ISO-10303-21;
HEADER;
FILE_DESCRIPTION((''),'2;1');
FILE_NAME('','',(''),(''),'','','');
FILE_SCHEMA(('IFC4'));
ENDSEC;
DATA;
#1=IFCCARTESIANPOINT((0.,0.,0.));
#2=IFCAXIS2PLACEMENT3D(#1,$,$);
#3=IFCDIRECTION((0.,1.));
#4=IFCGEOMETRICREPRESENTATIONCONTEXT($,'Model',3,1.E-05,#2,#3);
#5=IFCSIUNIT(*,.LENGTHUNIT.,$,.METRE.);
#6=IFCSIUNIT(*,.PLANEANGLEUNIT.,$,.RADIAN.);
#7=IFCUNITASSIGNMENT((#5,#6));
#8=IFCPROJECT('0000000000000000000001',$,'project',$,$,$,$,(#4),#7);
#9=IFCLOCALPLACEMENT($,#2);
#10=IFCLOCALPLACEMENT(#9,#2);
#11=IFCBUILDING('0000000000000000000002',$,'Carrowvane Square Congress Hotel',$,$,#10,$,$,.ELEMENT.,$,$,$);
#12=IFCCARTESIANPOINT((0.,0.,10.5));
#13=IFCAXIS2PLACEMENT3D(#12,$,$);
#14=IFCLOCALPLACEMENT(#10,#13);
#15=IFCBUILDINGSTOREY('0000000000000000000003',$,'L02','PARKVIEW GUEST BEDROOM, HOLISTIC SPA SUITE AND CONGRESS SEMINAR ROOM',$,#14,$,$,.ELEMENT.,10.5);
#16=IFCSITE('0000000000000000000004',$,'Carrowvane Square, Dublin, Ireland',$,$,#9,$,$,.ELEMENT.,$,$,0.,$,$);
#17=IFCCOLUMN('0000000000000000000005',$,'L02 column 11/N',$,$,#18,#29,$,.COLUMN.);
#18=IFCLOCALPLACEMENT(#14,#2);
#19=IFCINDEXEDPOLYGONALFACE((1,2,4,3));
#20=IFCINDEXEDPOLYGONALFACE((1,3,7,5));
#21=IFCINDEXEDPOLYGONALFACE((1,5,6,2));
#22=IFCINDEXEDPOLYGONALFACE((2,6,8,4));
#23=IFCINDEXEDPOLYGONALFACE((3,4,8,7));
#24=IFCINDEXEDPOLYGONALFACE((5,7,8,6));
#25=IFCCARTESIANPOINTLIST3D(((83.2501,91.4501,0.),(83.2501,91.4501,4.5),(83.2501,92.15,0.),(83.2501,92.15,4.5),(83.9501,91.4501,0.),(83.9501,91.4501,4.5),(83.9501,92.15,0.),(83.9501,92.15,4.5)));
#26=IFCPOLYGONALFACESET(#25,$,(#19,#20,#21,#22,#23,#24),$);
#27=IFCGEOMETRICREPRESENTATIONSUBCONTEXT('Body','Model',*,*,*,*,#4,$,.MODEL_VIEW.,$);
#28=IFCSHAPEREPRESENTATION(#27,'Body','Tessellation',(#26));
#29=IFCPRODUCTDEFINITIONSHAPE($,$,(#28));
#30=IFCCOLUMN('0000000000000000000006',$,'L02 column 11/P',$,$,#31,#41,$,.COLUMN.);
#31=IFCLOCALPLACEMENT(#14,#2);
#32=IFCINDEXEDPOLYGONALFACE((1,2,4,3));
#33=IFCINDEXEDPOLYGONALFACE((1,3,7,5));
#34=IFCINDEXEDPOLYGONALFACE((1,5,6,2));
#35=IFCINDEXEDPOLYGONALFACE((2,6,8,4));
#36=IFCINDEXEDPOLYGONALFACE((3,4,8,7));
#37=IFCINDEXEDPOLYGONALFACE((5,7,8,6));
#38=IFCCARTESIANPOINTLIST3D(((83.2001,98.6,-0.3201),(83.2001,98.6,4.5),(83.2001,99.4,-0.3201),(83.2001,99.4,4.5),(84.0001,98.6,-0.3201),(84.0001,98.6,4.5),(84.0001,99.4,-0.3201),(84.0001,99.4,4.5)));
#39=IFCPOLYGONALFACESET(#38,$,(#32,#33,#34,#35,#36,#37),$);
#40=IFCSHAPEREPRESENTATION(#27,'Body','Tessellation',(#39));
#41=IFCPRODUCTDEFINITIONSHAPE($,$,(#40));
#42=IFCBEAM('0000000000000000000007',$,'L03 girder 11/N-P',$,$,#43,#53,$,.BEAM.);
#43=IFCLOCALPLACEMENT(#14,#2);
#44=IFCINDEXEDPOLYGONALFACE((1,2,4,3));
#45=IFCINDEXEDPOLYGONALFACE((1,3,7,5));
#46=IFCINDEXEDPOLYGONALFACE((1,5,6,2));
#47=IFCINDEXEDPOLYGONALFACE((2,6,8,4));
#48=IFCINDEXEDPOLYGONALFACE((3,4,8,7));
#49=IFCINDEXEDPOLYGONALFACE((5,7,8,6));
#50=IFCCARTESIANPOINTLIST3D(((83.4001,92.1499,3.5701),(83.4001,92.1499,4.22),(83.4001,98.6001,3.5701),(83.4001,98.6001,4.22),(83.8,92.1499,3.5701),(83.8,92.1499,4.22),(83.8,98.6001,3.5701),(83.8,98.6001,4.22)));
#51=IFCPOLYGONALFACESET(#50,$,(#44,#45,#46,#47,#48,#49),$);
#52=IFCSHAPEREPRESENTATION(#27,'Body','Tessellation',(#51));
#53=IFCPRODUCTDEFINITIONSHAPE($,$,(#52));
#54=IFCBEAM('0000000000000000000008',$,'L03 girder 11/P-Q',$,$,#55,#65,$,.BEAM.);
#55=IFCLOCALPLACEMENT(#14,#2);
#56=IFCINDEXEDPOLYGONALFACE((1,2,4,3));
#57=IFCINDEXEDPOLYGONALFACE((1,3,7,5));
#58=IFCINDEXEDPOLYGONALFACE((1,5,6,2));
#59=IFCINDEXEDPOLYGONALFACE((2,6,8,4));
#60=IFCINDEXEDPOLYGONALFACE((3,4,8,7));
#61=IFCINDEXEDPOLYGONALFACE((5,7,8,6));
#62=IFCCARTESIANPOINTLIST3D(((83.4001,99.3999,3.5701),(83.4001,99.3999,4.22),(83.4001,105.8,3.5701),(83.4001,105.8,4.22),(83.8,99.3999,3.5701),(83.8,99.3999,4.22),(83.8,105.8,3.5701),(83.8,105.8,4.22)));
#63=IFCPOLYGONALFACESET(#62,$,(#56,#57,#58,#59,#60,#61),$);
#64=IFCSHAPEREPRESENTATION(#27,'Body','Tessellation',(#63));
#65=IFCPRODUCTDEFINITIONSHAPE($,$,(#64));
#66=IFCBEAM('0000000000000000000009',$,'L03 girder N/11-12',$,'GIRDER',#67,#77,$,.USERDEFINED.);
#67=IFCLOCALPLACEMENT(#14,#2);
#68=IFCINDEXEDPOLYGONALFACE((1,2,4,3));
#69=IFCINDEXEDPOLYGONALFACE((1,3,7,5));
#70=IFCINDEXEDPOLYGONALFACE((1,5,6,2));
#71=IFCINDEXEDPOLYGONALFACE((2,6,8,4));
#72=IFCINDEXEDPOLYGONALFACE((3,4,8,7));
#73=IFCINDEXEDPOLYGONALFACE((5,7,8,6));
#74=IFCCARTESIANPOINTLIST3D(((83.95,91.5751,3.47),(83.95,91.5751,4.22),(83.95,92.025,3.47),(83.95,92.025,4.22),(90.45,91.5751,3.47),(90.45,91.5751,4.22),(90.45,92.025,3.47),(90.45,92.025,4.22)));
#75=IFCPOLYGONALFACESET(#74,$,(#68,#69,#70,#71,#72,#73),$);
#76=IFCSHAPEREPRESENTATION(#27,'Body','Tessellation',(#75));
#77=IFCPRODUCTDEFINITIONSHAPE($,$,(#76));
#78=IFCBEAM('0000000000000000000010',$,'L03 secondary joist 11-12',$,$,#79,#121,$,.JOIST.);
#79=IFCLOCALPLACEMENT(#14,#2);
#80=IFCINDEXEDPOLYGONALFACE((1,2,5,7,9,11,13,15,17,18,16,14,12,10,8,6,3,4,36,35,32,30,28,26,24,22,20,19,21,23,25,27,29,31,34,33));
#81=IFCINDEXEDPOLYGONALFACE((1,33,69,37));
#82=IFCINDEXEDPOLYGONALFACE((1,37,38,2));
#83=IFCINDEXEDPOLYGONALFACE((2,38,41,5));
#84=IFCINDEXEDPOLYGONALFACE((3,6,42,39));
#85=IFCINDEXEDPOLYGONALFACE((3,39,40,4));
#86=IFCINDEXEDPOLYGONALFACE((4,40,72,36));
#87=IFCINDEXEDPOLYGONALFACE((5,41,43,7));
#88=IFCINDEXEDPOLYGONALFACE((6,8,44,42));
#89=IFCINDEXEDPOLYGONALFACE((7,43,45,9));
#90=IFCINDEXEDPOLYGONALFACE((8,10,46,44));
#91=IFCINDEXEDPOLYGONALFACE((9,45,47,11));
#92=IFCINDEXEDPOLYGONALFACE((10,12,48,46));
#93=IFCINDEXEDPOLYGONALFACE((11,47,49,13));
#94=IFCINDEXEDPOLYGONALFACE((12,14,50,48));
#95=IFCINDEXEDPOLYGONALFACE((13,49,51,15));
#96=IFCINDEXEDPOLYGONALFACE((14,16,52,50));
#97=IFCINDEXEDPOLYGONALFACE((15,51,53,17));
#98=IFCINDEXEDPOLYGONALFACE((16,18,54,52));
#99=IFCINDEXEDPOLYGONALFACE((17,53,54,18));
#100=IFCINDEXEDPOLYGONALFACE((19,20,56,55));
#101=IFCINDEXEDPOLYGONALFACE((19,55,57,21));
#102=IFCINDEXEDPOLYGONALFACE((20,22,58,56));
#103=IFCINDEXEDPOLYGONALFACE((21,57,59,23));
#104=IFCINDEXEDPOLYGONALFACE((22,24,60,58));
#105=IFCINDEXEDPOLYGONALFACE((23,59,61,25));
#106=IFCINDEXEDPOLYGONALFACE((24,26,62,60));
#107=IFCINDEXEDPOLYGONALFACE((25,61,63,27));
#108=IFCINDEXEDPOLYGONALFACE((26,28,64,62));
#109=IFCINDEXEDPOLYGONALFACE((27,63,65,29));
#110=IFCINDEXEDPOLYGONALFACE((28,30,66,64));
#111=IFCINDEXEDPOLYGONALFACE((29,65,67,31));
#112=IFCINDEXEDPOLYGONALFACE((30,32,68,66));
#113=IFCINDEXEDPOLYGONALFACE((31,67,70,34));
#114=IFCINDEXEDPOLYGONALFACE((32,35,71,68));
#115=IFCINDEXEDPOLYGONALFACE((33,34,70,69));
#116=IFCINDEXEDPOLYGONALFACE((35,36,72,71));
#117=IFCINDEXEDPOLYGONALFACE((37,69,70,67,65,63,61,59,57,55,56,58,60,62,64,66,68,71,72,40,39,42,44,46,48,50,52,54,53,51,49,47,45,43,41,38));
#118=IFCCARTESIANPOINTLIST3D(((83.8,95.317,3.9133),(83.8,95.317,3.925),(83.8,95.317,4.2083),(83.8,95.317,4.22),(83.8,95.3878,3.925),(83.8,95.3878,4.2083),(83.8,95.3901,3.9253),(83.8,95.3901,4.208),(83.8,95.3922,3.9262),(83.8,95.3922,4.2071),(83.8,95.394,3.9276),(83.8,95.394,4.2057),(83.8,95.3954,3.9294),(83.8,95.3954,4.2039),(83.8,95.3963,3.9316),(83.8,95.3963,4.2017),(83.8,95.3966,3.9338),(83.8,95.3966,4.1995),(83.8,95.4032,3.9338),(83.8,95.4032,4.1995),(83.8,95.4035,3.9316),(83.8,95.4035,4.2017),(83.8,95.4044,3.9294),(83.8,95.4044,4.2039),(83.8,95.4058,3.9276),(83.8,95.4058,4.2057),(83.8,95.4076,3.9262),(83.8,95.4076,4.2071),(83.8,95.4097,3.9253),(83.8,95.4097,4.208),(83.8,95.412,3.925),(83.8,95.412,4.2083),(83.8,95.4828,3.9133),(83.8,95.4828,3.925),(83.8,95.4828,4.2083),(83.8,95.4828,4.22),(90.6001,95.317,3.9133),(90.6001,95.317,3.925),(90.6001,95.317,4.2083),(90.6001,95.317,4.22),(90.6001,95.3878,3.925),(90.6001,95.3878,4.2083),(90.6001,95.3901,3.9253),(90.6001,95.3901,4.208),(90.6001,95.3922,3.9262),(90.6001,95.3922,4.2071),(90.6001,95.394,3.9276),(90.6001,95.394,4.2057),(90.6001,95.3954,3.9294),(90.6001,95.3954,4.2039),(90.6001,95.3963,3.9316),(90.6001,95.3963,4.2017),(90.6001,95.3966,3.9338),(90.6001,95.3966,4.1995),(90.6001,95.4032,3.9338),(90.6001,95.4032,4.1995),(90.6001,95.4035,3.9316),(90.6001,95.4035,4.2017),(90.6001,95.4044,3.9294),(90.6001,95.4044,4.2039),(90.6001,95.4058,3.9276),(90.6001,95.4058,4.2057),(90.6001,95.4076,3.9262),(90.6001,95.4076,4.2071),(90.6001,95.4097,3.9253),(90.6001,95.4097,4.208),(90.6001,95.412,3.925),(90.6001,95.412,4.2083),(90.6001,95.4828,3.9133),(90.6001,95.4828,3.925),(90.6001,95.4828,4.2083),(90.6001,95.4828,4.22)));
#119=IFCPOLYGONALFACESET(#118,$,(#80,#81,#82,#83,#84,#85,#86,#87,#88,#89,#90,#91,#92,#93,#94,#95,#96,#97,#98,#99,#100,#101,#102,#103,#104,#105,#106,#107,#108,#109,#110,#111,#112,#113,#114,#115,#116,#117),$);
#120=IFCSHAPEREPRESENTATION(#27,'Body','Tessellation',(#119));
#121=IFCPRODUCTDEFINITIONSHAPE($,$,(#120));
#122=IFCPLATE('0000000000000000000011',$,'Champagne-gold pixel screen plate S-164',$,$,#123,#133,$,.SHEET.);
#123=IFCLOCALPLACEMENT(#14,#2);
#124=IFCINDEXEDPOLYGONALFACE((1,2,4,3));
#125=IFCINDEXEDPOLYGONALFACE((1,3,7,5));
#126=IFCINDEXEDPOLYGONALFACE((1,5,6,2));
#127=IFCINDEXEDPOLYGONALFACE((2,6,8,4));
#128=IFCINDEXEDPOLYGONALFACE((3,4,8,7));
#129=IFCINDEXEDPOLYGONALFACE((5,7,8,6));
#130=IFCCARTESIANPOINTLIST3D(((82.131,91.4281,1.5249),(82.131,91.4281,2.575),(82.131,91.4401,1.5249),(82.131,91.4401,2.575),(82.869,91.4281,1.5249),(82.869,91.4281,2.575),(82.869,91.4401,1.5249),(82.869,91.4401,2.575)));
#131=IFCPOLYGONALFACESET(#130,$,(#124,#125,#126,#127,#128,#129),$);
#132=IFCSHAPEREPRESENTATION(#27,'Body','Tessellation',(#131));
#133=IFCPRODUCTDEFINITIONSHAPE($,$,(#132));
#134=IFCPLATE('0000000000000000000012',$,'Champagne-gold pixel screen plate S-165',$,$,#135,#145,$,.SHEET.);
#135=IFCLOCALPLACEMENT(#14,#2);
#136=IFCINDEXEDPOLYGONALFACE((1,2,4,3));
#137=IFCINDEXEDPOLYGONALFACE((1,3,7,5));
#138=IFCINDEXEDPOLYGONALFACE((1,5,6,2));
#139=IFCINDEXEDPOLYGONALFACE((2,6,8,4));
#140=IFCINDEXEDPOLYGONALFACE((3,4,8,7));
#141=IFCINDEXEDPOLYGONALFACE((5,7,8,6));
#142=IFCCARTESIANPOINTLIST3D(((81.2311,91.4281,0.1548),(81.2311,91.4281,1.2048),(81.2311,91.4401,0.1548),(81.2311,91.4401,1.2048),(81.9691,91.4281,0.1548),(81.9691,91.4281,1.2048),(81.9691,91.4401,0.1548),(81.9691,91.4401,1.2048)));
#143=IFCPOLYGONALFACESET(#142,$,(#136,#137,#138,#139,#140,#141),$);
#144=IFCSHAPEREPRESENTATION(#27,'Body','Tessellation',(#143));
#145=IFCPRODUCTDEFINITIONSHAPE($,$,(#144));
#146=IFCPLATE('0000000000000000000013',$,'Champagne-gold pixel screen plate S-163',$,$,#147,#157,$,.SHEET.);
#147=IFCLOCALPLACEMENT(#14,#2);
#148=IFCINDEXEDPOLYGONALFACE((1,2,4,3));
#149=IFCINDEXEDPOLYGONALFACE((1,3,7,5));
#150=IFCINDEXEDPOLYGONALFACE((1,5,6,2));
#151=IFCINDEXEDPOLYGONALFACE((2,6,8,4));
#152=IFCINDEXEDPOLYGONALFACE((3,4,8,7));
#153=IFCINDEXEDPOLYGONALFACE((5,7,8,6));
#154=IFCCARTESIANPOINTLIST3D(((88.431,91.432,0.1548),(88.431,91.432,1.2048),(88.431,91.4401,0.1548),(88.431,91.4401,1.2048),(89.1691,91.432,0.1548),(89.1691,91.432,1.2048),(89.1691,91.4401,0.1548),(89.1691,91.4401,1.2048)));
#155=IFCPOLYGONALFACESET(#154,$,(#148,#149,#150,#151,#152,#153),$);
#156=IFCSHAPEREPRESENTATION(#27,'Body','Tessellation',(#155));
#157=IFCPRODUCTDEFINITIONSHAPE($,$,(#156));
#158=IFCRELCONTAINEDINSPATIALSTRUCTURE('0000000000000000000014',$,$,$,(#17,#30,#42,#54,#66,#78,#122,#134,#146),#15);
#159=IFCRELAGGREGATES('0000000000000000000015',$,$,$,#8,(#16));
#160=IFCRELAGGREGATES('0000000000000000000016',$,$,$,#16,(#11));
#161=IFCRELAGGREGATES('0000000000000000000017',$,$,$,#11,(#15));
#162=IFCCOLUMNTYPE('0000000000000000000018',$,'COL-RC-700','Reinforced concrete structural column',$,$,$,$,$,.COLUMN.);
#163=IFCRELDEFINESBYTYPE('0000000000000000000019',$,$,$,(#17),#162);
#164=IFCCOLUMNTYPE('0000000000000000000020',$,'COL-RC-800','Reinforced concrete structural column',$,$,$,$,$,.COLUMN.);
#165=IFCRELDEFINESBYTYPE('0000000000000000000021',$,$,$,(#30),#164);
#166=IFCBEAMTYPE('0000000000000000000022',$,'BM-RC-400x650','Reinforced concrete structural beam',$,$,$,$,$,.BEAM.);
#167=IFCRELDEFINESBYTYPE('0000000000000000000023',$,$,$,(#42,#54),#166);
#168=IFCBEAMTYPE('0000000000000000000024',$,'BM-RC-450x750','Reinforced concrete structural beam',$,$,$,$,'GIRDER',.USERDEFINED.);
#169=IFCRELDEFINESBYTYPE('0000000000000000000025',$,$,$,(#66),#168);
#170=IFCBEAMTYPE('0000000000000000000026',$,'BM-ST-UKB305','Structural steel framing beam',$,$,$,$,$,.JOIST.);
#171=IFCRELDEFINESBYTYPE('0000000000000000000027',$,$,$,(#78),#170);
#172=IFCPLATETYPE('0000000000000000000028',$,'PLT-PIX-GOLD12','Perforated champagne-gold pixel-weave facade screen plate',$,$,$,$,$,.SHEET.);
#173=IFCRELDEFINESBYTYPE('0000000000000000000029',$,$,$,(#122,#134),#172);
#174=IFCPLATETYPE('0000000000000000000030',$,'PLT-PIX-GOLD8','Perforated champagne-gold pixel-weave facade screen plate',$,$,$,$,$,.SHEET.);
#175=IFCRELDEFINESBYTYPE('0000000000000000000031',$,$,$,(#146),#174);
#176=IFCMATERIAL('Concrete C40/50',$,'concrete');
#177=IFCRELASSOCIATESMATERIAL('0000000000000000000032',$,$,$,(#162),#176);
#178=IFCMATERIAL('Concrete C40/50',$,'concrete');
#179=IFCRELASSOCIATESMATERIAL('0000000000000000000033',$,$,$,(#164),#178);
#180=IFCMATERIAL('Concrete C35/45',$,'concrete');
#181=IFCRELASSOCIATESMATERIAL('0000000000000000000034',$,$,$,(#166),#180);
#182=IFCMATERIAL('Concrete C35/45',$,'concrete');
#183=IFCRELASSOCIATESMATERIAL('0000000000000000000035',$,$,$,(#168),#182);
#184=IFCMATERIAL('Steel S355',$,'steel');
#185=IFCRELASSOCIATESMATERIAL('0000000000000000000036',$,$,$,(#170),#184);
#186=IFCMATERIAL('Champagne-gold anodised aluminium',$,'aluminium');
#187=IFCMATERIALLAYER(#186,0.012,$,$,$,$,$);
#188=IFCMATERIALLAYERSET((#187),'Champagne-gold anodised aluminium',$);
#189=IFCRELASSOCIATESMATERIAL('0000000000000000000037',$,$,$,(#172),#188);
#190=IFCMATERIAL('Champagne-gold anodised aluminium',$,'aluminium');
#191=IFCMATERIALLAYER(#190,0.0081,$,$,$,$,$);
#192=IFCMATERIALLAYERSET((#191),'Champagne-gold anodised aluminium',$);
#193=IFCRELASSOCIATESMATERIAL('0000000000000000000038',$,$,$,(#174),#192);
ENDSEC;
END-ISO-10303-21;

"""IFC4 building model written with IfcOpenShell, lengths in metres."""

from ifc_helpers import new_model, si_unit, direction, frame, origin, origin_2d, place, context, subcontext, project, spatial, rectangle, i_section, extrude, material, layer, layer_set, material_profile, profile_set, type_object, element, save


model = new_model("IFC4")

# Units and contexts
model_context = context("Model", 3, precision=1e-05, world=origin(), true_north=direction((0.0, 1.0)))
body_context = subcontext(model_context, "Body", "Model", "MODEL_VIEW")
ifc_project = project(units=[si_unit("LENGTHUNIT", "METRE"), si_unit("PLANEANGLEUNIT", "RADIAN")], contexts=[model_context])

# Site, building, storey
site_placement = place(None, origin())
site = spatial("IfcSite", under=ifc_project, at=site_placement, Name="Carrowvane Square, Dublin, Ireland", CompositionType="ELEMENT", RefElevation=0.0)
building_placement = place(site_placement, origin())
building = spatial("IfcBuilding", under=site, at=building_placement, Name="Carrowvane Square Congress Hotel", CompositionType="ELEMENT")
storey_placement = place(building_placement, frame((0.0, 0.0, 10.5)))
storey = spatial("IfcBuildingStorey", under=building, at=storey_placement, Name="L02", Description="PARKVIEW GUEST BEDROOM, HOLISTIC SPA SUITE AND CONGRESS SEMINAR ROOM", CompositionType="ELEMENT", Elevation=10.5)

# Columns
ifc_material_1 = material(Name="Concrete C40/50", Category="concrete")
ifc_material_profile_1 = material_profile(ifc_material_1, rectangle(XDim=0.7, YDim=0.7, at=origin_2d()), Name="RC 700x700")
ifc_profile_set_1 = profile_set([ifc_material_profile_1], Name="Concrete C40/50")
column_type_1 = type_object("IfcColumnType", Name="COL-RC-700", Description="Reinforced concrete structural column", PredefinedType="COLUMN", material=ifc_profile_set_1)
column_1_placement = place(storey_placement, frame((83.6001, 91.8, 0.0), z_axis=(0.0, 0.0, 1.0), x_axis=(1.0, 0.0, 0.0)))
element("IfcColumn", 1, at=column_1_placement, inside=storey, type_object=column_type_1, Name="L02 column 11/N", PredefinedType="COLUMN", context=body_context, shape_type="SweptSolid", body=[
    extrude(rectangle(XDim=0.7, YDim=0.7, at=origin_2d()), origin(), (0.0, 0.0, 1.0), 4.5),
])
ifc_material_2 = material(Name="Concrete C40/50", Category="concrete")
ifc_material_profile_2 = material_profile(ifc_material_2, rectangle(XDim=0.8, YDim=0.8, at=origin_2d()), Name="RC 800x800")
ifc_profile_set_2 = profile_set([ifc_material_profile_2], Name="Concrete C40/50")
column_type_2 = type_object("IfcColumnType", Name="COL-RC-800", Description="Reinforced concrete structural column", PredefinedType="COLUMN", material=ifc_profile_set_2)
column_2_placement = place(storey_placement, frame((83.6001, 99.0, -0.3201), z_axis=(0.0, 0.0, 1.0), x_axis=(1.0, 0.0, 0.0)))
element("IfcColumn", 2, at=column_2_placement, inside=storey, type_object=column_type_2, Name="L02 column 11/P", PredefinedType="COLUMN", context=body_context, shape_type="SweptSolid", body=[
    extrude(rectangle(XDim=0.8, YDim=0.8, at=origin_2d()), origin(), (0.0, 0.0, 1.0), 4.8201),
])

# Beams
ifc_material_3 = material(Name="Concrete C35/45", Category="concrete")
ifc_material_profile_3 = material_profile(ifc_material_3, rectangle(XDim=0.3999, YDim=0.6499, at=origin_2d()), Name="RC 400x650")
ifc_profile_set_3 = profile_set([ifc_material_profile_3], Name="Concrete C35/45")
beam_type_1 = type_object("IfcBeamType", Name="BM-RC-400x650", Description="Reinforced concrete structural beam", PredefinedType="BEAM", material=ifc_profile_set_3)
beam_1_placement = place(storey_placement, frame((83.6001, 92.1499, 3.895), z_axis=(0.0, 1.0, 0.0), x_axis=(-1.0, 0.0, 0.0)))
element("IfcBeam", 3, at=beam_1_placement, inside=storey, type_object=beam_type_1, Name="L03 girder 11/N-P", PredefinedType="BEAM", context=body_context, shape_type="SweptSolid", body=[
    extrude(rectangle(XDim=0.3999, YDim=0.6499, at=origin_2d()), origin(), (0.0, 0.0, 1.0), 6.4502),
])
beam_2_placement = place(storey_placement, frame((83.6001, 99.3999, 3.895), z_axis=(0.0, 1.0, 0.0), x_axis=(-1.0, 0.0, 0.0)))
element("IfcBeam", 4, at=beam_2_placement, inside=storey, type_object=beam_type_1, Name="L03 girder 11/P-Q", PredefinedType="BEAM", context=body_context, shape_type="SweptSolid", body=[
    extrude(rectangle(XDim=0.3999, YDim=0.6499, at=origin_2d()), origin(), (0.0, 0.0, 1.0), 6.4001),
])
ifc_material_4 = material(Name="Concrete C35/45", Category="concrete")
ifc_material_profile_4 = material_profile(ifc_material_4, rectangle(XDim=0.45, YDim=0.75, at=origin_2d()), Name="RC 450x750")
ifc_profile_set_4 = profile_set([ifc_material_profile_4], Name="Concrete C35/45")
beam_type_2 = type_object("IfcBeamType", Name="BM-RC-450x750", Description="Reinforced concrete structural beam", ElementType="GIRDER", PredefinedType="USERDEFINED", material=ifc_profile_set_4)
beam_3_placement = place(storey_placement, frame((83.95, 91.8, 3.845), z_axis=(1.0, 0.0, 0.0), x_axis=(0.0, 1.0, 0.0)))
element("IfcBeam", 5, at=beam_3_placement, inside=storey, type_object=beam_type_2, Name="L03 girder N/11-12", ObjectType="GIRDER", PredefinedType="USERDEFINED", context=body_context, shape_type="SweptSolid", body=[
    extrude(rectangle(XDim=0.45, YDim=0.75, at=origin_2d()), origin(), (0.0, 0.0, 1.0), 6.5),
])
ifc_material_5 = material(Name="Steel S355", Category="steel")
ifc_material_profile_5 = material_profile(ifc_material_5, i_section(OverallWidth=0.1658, OverallDepth=0.3066, WebThickness=0.0066, FlangeThickness=0.0117, FilletRadius=0.0088, at=origin_2d()), Name="UKB 305x165x46")
ifc_profile_set_5 = profile_set([ifc_material_profile_5], Name="Steel S355")
beam_type_3 = type_object("IfcBeamType", Name="BM-ST-UKB305", Description="Structural steel framing beam", PredefinedType="JOIST", material=ifc_profile_set_5)
beam_4_placement = place(storey_placement, frame((83.8, 95.3999, 4.0667), z_axis=(1.0, 0.0, 0.0), x_axis=(0.0, 1.0, 0.0)))
element("IfcBeam", 6, at=beam_4_placement, inside=storey, type_object=beam_type_3, Name="L03 secondary joist 11-12", PredefinedType="JOIST", context=body_context, shape_type="SweptSolid", body=[
    extrude(i_section(OverallWidth=0.1658, OverallDepth=0.3066, WebThickness=0.0066, FlangeThickness=0.0117, FilletRadius=0.0088, at=origin_2d()), origin(), (0.0, 0.0, 1.0), 6.8),
])

# Plates
ifc_material_6 = material(Name="Champagne-gold anodised aluminium", Category="aluminium")
ifc_layer_1 = layer(ifc_material_6, 0.012)
ifc_layer_set_1 = layer_set([ifc_layer_1], Name="Champagne-gold anodised aluminium")
plate_type_1 = type_object("IfcPlateType", Name="PLT-PIX-GOLD12", Description="Perforated champagne-gold pixel-weave facade screen plate", PredefinedType="SHEET", material=ifc_layer_set_1)
for number, where, z_axis, x_axis, name in (
    (7, (82.5, 91.4341, 1.5249), (0.0, 0.0, 1.0), (-1.0, 0.0, 0.0), "Champagne-gold pixel screen plate S-164"),
    (8, (81.6001, 91.4341, 0.1548), (0.0, 0.0, 1.0), (-1.0, 0.0, 0.0), "Champagne-gold pixel screen plate S-165"),
):
    element("IfcPlate", number, at=place(storey_placement, frame(where, z_axis=z_axis, x_axis=x_axis)), inside=storey, type_object=plate_type_1, Name=name, PredefinedType="SHEET", context=body_context, shape_type="SweptSolid", body=[
        extrude(rectangle(XDim=0.738, YDim=0.012, at=origin_2d()), origin(), (0.0, 0.0, 1.0), 1.05),
    ])
ifc_material_7 = material(Name="Champagne-gold anodised aluminium", Category="aluminium")
ifc_layer_2 = layer(ifc_material_7, 0.0081)
ifc_layer_set_2 = layer_set([ifc_layer_2], Name="Champagne-gold anodised aluminium")
plate_type_2 = type_object("IfcPlateType", Name="PLT-PIX-GOLD8", Description="Perforated champagne-gold pixel-weave facade screen plate", PredefinedType="SHEET", material=ifc_layer_set_2)
plate_placement = place(storey_placement, frame((88.8, 91.436, 0.1548), z_axis=(0.0, 0.0, 1.0), x_axis=(-1.0, 0.0, 0.0)))
element("IfcPlate", 9, at=plate_placement, inside=storey, type_object=plate_type_2, Name="Champagne-gold pixel screen plate S-163", PredefinedType="SHEET", context=body_context, shape_type="SweptSolid", body=[
    extrude(rectangle(XDim=0.738, YDim=0.0081, at=origin_2d()), origin(), (0.0, 0.0, 1.0), 1.05),
])

save(model, "model.ifc")
